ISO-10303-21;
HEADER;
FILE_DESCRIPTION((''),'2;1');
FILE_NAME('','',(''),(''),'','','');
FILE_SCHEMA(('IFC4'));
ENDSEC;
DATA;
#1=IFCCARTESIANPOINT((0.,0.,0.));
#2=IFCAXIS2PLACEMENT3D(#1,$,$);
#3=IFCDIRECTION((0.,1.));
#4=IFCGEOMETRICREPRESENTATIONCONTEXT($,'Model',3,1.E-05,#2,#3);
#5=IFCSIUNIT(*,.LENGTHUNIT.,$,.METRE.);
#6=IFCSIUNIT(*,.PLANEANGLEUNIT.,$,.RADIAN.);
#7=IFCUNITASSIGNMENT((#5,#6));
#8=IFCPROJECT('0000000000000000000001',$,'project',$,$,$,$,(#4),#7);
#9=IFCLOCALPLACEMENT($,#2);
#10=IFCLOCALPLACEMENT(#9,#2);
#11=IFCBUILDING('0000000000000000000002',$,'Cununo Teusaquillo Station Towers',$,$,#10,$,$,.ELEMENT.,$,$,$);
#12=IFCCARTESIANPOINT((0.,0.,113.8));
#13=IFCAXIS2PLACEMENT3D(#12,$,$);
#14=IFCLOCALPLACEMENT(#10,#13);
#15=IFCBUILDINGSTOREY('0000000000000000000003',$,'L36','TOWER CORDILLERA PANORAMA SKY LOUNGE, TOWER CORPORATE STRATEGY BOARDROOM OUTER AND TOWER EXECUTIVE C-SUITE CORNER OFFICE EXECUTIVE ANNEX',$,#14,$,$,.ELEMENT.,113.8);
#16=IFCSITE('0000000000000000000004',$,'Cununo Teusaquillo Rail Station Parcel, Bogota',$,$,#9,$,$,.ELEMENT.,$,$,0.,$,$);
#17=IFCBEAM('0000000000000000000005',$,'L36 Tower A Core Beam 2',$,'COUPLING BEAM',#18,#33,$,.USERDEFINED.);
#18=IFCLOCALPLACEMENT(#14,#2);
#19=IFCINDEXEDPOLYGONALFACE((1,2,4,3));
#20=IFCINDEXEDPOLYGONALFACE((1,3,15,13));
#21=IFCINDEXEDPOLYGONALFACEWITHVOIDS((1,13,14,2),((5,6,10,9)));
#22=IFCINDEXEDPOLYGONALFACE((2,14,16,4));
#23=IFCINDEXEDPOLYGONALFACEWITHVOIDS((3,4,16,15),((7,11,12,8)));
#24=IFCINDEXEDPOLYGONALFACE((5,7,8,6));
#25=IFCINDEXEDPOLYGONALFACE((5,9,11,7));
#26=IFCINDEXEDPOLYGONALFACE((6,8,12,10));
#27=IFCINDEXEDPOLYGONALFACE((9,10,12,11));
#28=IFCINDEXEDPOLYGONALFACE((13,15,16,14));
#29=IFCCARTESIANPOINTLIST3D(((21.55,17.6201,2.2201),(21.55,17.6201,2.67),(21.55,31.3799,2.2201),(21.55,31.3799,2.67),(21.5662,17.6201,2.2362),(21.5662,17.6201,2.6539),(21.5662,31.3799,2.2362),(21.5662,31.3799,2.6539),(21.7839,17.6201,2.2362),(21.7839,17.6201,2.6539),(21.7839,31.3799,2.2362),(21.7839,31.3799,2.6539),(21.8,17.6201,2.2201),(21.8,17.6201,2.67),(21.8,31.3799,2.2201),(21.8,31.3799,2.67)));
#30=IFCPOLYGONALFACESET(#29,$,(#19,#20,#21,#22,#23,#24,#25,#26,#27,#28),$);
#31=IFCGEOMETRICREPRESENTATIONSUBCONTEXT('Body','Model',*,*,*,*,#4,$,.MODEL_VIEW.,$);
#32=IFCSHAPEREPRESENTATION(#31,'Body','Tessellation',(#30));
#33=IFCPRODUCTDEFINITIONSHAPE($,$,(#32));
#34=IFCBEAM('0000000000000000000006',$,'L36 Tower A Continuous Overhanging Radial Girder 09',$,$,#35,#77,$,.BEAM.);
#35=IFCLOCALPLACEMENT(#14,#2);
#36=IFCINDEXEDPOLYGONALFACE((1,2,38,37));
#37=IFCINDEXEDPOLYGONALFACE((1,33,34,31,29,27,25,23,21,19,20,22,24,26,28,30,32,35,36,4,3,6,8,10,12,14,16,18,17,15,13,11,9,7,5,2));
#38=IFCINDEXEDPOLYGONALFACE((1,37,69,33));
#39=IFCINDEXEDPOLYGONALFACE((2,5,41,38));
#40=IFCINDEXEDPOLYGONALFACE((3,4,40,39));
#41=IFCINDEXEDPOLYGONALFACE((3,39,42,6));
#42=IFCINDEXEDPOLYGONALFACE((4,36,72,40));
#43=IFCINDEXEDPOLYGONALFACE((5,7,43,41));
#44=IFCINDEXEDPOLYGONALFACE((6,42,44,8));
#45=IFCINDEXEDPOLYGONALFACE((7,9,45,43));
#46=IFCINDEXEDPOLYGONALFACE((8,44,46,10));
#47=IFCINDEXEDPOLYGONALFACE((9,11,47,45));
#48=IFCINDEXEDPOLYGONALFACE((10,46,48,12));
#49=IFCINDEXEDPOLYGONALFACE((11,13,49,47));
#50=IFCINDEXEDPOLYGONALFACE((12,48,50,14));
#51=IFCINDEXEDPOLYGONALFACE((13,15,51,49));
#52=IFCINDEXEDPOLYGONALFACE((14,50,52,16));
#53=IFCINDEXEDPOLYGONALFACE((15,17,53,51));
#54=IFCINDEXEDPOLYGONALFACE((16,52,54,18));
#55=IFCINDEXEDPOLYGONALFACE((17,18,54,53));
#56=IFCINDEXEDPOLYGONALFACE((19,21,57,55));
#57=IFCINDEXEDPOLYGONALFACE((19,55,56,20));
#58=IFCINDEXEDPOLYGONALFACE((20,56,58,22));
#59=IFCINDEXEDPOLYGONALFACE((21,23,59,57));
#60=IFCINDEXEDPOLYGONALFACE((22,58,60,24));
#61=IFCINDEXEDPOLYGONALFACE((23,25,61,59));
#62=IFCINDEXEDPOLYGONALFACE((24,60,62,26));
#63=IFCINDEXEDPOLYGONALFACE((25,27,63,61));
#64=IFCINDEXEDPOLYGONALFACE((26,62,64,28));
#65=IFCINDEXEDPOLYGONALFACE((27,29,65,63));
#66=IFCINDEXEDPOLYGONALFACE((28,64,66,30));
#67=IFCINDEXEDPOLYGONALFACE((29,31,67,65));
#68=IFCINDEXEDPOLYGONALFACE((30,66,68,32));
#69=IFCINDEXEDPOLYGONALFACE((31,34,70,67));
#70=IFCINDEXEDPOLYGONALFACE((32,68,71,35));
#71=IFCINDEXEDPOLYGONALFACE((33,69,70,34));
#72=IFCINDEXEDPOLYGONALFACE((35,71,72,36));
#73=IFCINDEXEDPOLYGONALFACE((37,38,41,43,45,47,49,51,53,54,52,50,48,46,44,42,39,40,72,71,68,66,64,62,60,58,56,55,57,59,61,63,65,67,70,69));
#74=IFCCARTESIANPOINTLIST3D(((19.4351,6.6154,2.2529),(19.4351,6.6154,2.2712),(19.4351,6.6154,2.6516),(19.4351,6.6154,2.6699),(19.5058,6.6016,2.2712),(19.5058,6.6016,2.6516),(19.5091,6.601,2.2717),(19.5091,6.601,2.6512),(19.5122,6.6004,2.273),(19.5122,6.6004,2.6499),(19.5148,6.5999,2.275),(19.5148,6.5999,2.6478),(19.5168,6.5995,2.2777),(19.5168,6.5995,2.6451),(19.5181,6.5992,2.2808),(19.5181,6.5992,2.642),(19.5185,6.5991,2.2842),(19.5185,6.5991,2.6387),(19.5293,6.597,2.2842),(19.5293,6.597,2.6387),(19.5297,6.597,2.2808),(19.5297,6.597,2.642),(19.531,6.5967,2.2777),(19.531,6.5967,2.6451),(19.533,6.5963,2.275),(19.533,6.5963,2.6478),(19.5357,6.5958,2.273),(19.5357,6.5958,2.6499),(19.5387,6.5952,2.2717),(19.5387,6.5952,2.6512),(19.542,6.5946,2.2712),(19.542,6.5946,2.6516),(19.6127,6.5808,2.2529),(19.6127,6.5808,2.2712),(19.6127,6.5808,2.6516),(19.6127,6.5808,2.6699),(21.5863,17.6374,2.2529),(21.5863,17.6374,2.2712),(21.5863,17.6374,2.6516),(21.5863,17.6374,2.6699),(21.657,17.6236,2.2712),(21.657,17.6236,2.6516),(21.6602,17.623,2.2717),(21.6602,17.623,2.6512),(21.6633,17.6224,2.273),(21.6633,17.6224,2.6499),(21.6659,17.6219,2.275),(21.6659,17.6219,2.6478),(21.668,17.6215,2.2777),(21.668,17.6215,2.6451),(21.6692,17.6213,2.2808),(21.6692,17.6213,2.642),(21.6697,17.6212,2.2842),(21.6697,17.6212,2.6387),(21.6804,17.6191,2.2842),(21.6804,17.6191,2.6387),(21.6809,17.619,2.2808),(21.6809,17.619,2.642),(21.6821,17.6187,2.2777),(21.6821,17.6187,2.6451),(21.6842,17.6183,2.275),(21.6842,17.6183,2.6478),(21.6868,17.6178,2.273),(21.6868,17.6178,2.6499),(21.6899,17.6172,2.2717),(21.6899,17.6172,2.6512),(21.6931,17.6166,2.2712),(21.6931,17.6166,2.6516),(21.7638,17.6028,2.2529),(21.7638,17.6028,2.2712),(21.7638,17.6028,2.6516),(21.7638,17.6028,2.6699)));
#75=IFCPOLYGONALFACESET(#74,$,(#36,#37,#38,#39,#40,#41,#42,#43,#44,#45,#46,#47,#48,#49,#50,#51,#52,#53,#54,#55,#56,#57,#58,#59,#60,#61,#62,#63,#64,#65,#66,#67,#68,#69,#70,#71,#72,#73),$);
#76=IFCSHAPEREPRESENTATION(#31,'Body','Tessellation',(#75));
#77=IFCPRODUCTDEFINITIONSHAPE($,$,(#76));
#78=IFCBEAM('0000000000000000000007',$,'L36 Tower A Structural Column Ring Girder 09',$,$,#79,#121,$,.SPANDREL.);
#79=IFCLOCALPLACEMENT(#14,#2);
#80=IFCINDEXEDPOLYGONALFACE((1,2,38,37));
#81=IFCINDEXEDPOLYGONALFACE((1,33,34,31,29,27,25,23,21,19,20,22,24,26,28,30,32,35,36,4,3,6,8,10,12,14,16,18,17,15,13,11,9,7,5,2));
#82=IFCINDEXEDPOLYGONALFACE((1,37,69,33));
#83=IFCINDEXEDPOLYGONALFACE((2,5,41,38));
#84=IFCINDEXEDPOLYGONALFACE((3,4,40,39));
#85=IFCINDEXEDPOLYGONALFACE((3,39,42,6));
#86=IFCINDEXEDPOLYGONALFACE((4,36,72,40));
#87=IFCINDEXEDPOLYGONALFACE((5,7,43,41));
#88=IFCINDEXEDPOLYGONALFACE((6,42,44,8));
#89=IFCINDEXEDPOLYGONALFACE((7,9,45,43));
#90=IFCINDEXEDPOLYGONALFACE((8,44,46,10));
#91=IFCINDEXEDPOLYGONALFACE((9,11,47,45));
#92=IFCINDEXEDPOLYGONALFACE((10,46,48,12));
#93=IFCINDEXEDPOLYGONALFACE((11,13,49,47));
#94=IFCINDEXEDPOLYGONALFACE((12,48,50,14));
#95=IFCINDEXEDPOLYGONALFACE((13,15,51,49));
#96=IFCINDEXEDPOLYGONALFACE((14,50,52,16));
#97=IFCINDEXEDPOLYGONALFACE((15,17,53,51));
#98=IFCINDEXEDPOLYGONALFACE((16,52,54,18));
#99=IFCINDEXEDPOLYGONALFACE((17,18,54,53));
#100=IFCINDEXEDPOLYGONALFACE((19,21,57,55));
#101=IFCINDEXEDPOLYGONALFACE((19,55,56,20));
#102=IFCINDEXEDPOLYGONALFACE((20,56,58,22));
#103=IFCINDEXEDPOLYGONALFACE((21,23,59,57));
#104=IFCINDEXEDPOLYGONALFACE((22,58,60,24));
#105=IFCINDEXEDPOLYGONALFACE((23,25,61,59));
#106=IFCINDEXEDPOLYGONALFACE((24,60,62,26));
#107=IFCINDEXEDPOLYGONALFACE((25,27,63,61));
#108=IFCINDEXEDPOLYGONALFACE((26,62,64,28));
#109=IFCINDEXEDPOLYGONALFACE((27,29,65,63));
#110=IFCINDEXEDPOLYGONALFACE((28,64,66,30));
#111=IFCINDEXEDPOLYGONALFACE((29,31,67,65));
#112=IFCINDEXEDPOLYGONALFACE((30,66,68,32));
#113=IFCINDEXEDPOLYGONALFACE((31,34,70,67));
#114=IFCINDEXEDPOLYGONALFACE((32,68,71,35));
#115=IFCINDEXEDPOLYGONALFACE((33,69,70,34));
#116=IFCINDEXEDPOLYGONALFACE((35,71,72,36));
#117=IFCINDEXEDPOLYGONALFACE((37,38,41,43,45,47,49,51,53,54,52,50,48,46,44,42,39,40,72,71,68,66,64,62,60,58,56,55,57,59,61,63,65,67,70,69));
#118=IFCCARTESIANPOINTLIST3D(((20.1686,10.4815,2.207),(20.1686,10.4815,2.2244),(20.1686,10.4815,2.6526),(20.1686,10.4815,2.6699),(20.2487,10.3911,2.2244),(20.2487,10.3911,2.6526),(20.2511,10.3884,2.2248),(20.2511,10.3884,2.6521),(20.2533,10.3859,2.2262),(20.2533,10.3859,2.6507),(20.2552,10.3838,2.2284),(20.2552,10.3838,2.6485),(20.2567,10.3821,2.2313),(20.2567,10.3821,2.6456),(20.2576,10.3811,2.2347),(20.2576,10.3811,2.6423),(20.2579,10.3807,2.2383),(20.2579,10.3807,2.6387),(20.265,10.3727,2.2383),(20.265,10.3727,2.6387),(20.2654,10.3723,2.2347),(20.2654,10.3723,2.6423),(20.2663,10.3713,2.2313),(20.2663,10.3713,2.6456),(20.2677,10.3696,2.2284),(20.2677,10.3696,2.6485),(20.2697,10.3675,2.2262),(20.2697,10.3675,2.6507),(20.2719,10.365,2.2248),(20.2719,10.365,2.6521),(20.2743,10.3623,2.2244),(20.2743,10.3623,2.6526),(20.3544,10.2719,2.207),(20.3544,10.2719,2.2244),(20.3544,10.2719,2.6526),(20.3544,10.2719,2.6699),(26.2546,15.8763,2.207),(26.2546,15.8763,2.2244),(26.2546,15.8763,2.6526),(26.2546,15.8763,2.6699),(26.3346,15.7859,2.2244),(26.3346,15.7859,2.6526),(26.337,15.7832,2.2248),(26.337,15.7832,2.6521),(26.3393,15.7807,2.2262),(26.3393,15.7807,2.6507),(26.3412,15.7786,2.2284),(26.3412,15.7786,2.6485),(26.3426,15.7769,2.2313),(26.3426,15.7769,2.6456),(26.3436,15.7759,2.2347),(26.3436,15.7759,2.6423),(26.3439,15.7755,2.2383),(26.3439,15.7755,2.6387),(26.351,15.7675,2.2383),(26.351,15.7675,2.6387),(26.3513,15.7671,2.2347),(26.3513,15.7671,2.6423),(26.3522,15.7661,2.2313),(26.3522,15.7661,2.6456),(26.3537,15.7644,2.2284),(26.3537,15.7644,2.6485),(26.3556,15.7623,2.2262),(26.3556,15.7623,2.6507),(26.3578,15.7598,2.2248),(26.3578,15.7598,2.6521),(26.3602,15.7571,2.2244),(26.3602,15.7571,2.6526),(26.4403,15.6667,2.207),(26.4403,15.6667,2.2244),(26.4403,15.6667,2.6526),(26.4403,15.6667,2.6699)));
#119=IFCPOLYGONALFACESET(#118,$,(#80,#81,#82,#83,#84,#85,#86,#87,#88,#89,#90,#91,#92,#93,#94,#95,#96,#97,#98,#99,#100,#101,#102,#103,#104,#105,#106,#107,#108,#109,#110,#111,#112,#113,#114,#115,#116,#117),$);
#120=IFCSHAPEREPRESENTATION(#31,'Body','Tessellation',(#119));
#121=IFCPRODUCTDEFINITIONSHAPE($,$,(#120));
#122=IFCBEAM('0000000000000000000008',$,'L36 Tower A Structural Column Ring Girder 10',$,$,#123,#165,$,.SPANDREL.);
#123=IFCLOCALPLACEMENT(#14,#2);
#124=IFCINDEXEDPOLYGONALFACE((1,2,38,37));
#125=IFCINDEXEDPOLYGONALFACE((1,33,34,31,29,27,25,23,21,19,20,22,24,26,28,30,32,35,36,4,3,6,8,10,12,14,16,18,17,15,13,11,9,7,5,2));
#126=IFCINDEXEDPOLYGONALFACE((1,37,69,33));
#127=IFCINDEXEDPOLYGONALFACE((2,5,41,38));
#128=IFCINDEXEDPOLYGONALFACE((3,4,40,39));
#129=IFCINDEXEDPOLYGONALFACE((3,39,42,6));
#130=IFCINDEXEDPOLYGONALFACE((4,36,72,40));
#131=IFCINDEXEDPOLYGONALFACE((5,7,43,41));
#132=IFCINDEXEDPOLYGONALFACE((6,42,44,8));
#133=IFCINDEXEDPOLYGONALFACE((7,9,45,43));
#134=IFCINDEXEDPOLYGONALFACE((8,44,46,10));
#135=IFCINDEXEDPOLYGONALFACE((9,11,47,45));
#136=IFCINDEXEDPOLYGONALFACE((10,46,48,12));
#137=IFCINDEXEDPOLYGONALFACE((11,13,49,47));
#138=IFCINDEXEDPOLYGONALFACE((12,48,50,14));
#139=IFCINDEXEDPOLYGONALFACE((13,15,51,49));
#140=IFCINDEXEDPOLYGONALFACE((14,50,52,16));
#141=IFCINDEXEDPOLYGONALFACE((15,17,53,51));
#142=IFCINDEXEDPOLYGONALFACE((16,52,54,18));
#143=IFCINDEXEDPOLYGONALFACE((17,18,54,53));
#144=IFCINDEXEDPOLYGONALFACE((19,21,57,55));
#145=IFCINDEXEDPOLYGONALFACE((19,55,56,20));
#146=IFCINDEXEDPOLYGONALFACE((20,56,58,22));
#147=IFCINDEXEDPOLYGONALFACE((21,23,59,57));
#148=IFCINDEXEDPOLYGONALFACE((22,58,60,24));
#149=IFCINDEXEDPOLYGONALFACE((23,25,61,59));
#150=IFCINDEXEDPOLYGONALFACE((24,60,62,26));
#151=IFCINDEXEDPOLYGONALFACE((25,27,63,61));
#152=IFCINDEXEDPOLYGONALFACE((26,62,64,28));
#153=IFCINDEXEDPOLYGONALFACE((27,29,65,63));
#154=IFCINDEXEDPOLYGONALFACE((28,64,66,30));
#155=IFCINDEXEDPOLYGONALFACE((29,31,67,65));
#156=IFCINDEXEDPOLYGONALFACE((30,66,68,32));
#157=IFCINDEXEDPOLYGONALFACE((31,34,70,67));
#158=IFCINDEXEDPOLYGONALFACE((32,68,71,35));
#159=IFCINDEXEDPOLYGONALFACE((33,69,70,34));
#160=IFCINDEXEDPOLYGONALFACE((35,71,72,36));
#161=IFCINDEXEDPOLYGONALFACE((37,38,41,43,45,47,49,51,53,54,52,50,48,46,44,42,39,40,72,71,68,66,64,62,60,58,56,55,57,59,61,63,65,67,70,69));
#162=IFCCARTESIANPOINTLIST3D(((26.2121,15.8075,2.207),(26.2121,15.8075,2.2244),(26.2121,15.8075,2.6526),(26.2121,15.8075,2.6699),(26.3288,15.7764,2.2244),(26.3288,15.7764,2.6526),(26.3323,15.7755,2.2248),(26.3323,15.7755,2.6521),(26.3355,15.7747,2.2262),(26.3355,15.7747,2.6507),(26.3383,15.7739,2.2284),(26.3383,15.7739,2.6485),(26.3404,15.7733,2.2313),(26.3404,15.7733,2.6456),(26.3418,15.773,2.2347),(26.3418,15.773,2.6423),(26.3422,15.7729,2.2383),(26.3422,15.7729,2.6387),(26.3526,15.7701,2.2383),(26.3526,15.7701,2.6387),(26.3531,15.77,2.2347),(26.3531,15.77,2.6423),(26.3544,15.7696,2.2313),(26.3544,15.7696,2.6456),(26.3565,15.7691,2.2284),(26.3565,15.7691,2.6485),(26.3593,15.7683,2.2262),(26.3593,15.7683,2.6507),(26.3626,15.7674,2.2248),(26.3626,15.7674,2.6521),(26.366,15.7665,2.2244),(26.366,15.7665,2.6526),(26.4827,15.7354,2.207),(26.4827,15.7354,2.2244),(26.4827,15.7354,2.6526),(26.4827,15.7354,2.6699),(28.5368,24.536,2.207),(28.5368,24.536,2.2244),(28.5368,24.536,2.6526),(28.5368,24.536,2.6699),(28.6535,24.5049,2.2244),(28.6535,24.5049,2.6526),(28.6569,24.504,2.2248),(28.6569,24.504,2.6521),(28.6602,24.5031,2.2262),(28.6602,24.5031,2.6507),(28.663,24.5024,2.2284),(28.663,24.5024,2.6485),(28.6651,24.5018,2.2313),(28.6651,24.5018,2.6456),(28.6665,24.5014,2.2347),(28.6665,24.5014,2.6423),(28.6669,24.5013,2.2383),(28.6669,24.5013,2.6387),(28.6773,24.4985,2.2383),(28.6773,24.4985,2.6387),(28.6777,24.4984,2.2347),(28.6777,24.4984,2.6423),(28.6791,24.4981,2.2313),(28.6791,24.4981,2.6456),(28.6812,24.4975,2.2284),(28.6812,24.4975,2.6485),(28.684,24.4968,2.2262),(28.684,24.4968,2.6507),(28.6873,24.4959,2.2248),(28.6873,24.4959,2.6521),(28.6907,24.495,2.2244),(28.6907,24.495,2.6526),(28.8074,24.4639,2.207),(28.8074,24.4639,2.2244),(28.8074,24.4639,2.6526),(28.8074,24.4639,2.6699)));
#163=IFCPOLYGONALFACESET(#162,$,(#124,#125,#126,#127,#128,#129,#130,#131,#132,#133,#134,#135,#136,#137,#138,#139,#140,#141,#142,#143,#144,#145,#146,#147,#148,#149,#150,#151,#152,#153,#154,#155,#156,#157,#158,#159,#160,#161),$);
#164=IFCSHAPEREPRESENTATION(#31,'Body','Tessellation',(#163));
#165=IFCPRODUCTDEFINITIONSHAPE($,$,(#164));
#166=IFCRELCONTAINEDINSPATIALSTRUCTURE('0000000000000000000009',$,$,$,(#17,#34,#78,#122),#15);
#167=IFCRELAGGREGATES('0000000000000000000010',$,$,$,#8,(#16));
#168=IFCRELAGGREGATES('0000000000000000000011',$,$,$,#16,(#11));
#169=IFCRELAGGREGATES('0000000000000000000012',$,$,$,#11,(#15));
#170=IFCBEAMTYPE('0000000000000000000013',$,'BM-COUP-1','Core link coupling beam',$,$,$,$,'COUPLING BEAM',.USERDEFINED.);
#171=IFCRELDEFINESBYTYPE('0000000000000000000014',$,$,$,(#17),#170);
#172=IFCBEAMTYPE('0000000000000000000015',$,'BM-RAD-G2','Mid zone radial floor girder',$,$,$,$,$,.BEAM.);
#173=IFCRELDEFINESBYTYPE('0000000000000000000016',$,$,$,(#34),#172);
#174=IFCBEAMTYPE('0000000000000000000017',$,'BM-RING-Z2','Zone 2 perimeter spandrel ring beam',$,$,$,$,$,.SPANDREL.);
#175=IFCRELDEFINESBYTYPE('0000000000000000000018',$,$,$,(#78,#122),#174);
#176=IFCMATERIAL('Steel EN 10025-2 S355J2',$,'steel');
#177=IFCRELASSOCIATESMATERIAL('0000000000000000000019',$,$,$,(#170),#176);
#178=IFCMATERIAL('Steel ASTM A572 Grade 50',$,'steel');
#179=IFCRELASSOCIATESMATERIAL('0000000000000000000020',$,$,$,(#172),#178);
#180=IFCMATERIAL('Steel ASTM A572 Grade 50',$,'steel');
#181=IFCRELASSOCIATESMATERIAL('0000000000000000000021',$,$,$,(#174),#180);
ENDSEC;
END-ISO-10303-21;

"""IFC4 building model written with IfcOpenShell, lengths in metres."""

from ifc_helpers import new_model, si_unit, direction, frame, origin, origin_2d, place, context, subcontext, project, spatial, hollow_rectangle, i_section, extrude, material, material_profile, profile_set, type_object, element, save


model = new_model("IFC4")

# Units and contexts
model_context = context("Model", 3, precision=1e-05, world=origin(), true_north=direction((0.0, 1.0)))
body_context = subcontext(model_context, "Body", "Model", "MODEL_VIEW")
ifc_project = project(units=[si_unit("LENGTHUNIT", "METRE"), si_unit("PLANEANGLEUNIT", "RADIAN")], contexts=[model_context])

# Site, building, storey
site_placement = place(None, origin())
site = spatial("IfcSite", under=ifc_project, at=site_placement, Name="Cununo Teusaquillo Rail Station Parcel, Bogota", CompositionType="ELEMENT", RefElevation=0.0)
building_placement = place(site_placement, origin())
building = spatial("IfcBuilding", under=site, at=building_placement, Name="Cununo Teusaquillo Station Towers", CompositionType="ELEMENT")
storey_placement = place(building_placement, frame((0.0, 0.0, 113.8)))
storey = spatial("IfcBuildingStorey", under=building, at=storey_placement, Name="L36", Description="TOWER CORDILLERA PANORAMA SKY LOUNGE, TOWER CORPORATE STRATEGY BOARDROOM OUTER AND TOWER EXECUTIVE C-SUITE CORNER OFFICE EXECUTIVE ANNEX", CompositionType="ELEMENT", Elevation=113.8)

# Beams
ifc_material_1 = material(Name="Steel EN 10025-2 S355J2", Category="steel")
ifc_material_profile_1 = material_profile(ifc_material_1, hollow_rectangle(XDim=0.25, YDim=0.45, WallThickness=0.0161, at=origin_2d()), Name="RHS 450x250x16")
ifc_profile_set_1 = profile_set([ifc_material_profile_1], Name="Steel EN 10025-2 S355J2")
beam_type_1 = type_object("IfcBeamType", Name="BM-COUP-1", Description="Core link coupling beam", ElementType="COUPLING BEAM", PredefinedType="USERDEFINED", material=ifc_profile_set_1)
beam_1_placement = place(storey_placement, frame((21.675, 17.6201, 2.4451), z_axis=(0.0, 1.0, 0.0), x_axis=(-1.0, 0.0, 0.0)))
element("IfcBeam", 1, at=beam_1_placement, inside=storey, type_object=beam_type_1, Name="L36 Tower A Core Beam 2", ObjectType="COUPLING BEAM", PredefinedType="USERDEFINED", context=body_context, shape_type="SweptSolid", body=[
    extrude(hollow_rectangle(XDim=0.25, YDim=0.45, WallThickness=0.0161, at=origin_2d()), origin(), (0.0, 0.0, 1.0), 13.7598),
])
ifc_material_2 = material(Name="Steel ASTM A572 Grade 50", Category="steel")
ifc_material_profile_2 = material_profile(ifc_material_2, i_section(OverallWidth=0.1809, OverallDepth=0.417, WebThickness=0.011, FlangeThickness=0.0183, FilletRadius=0.0129, at=origin_2d()), Name="W16X57")
ifc_profile_set_2 = profile_set([ifc_material_profile_2], Name="Steel ASTM A572 Grade 50")
beam_type_2 = type_object("IfcBeamType", Name="BM-RAD-G2", Description="Mid zone radial floor girder", PredefinedType="BEAM", material=ifc_profile_set_2)
beam_2_placement = place(storey_placement, frame((21.675, 17.6201, 2.4614), z_axis=(-0.191553, -0.981482, 0.0), x_axis=(0.981482, -0.191553, 0.0)))
element("IfcBeam", 2, at=beam_2_placement, inside=storey, type_object=beam_type_2, Name="L36 Tower A Continuous Overhanging Radial Girder 09", PredefinedType="BEAM", context=body_context, shape_type="SweptSolid", body=[
    extrude(i_section(OverallWidth=0.1809, OverallDepth=0.417, WebThickness=0.011, FlangeThickness=0.0183, FilletRadius=0.0129, at=origin_2d()), origin(), (0.0, 0.0, 1.0), 11.23),
])
ifc_material_3 = material(Name="Steel ASTM A572 Grade 50", Category="steel")
ifc_material_profile_3 = material_profile(ifc_material_3, i_section(OverallWidth=0.28, OverallDepth=0.4629, WebThickness=0.0107, FlangeThickness=0.0173, FilletRadius=0.0139, at=origin_2d()), Name="W18X76")
ifc_profile_set_3 = profile_set([ifc_material_profile_3], Name="Steel ASTM A572 Grade 50")
beam_type_3 = type_object("IfcBeamType", Name="BM-RING-Z2", Description="Zone 2 perimeter spandrel ring beam", PredefinedType="SPANDREL", material=ifc_profile_set_3)
beam_3_placement = place(storey_placement, frame((20.2615, 10.3767, 2.4385), z_axis=(0.748321, 0.663337, 0.0), x_axis=(-0.663337, 0.748321, 0.0)))
element("IfcBeam", 3, at=beam_3_placement, inside=storey, type_object=beam_type_3, Name="L36 Tower A Structural Column Ring Girder 09", PredefinedType="SPANDREL", context=body_context, shape_type="SweptSolid", body=[
    extrude(i_section(OverallWidth=0.28, OverallDepth=0.4629, WebThickness=0.0107, FlangeThickness=0.0173, FilletRadius=0.0139, at=origin_2d()), origin(), (0.0, 0.0, 1.0), 8.1328),
])
beam_4_placement = place(storey_placement, frame((26.3474, 15.7715, 2.4385), z_axis=(0.257363, 0.966315, 0.0), x_axis=(-0.966315, 0.257363, 0.0)))
element("IfcBeam", 4, at=beam_4_placement, inside=storey, type_object=beam_type_3, Name="L36 Tower A Structural Column Ring Girder 10", PredefinedType="SPANDREL", context=body_context, shape_type="SweptSolid", body=[
    extrude(i_section(OverallWidth=0.28, OverallDepth=0.4629, WebThickness=0.0107, FlangeThickness=0.0173, FilletRadius=0.0139, at=origin_2d()), origin(), (0.0, 0.0, 1.0), 9.0327),
])

save(model, "model.ifc")
